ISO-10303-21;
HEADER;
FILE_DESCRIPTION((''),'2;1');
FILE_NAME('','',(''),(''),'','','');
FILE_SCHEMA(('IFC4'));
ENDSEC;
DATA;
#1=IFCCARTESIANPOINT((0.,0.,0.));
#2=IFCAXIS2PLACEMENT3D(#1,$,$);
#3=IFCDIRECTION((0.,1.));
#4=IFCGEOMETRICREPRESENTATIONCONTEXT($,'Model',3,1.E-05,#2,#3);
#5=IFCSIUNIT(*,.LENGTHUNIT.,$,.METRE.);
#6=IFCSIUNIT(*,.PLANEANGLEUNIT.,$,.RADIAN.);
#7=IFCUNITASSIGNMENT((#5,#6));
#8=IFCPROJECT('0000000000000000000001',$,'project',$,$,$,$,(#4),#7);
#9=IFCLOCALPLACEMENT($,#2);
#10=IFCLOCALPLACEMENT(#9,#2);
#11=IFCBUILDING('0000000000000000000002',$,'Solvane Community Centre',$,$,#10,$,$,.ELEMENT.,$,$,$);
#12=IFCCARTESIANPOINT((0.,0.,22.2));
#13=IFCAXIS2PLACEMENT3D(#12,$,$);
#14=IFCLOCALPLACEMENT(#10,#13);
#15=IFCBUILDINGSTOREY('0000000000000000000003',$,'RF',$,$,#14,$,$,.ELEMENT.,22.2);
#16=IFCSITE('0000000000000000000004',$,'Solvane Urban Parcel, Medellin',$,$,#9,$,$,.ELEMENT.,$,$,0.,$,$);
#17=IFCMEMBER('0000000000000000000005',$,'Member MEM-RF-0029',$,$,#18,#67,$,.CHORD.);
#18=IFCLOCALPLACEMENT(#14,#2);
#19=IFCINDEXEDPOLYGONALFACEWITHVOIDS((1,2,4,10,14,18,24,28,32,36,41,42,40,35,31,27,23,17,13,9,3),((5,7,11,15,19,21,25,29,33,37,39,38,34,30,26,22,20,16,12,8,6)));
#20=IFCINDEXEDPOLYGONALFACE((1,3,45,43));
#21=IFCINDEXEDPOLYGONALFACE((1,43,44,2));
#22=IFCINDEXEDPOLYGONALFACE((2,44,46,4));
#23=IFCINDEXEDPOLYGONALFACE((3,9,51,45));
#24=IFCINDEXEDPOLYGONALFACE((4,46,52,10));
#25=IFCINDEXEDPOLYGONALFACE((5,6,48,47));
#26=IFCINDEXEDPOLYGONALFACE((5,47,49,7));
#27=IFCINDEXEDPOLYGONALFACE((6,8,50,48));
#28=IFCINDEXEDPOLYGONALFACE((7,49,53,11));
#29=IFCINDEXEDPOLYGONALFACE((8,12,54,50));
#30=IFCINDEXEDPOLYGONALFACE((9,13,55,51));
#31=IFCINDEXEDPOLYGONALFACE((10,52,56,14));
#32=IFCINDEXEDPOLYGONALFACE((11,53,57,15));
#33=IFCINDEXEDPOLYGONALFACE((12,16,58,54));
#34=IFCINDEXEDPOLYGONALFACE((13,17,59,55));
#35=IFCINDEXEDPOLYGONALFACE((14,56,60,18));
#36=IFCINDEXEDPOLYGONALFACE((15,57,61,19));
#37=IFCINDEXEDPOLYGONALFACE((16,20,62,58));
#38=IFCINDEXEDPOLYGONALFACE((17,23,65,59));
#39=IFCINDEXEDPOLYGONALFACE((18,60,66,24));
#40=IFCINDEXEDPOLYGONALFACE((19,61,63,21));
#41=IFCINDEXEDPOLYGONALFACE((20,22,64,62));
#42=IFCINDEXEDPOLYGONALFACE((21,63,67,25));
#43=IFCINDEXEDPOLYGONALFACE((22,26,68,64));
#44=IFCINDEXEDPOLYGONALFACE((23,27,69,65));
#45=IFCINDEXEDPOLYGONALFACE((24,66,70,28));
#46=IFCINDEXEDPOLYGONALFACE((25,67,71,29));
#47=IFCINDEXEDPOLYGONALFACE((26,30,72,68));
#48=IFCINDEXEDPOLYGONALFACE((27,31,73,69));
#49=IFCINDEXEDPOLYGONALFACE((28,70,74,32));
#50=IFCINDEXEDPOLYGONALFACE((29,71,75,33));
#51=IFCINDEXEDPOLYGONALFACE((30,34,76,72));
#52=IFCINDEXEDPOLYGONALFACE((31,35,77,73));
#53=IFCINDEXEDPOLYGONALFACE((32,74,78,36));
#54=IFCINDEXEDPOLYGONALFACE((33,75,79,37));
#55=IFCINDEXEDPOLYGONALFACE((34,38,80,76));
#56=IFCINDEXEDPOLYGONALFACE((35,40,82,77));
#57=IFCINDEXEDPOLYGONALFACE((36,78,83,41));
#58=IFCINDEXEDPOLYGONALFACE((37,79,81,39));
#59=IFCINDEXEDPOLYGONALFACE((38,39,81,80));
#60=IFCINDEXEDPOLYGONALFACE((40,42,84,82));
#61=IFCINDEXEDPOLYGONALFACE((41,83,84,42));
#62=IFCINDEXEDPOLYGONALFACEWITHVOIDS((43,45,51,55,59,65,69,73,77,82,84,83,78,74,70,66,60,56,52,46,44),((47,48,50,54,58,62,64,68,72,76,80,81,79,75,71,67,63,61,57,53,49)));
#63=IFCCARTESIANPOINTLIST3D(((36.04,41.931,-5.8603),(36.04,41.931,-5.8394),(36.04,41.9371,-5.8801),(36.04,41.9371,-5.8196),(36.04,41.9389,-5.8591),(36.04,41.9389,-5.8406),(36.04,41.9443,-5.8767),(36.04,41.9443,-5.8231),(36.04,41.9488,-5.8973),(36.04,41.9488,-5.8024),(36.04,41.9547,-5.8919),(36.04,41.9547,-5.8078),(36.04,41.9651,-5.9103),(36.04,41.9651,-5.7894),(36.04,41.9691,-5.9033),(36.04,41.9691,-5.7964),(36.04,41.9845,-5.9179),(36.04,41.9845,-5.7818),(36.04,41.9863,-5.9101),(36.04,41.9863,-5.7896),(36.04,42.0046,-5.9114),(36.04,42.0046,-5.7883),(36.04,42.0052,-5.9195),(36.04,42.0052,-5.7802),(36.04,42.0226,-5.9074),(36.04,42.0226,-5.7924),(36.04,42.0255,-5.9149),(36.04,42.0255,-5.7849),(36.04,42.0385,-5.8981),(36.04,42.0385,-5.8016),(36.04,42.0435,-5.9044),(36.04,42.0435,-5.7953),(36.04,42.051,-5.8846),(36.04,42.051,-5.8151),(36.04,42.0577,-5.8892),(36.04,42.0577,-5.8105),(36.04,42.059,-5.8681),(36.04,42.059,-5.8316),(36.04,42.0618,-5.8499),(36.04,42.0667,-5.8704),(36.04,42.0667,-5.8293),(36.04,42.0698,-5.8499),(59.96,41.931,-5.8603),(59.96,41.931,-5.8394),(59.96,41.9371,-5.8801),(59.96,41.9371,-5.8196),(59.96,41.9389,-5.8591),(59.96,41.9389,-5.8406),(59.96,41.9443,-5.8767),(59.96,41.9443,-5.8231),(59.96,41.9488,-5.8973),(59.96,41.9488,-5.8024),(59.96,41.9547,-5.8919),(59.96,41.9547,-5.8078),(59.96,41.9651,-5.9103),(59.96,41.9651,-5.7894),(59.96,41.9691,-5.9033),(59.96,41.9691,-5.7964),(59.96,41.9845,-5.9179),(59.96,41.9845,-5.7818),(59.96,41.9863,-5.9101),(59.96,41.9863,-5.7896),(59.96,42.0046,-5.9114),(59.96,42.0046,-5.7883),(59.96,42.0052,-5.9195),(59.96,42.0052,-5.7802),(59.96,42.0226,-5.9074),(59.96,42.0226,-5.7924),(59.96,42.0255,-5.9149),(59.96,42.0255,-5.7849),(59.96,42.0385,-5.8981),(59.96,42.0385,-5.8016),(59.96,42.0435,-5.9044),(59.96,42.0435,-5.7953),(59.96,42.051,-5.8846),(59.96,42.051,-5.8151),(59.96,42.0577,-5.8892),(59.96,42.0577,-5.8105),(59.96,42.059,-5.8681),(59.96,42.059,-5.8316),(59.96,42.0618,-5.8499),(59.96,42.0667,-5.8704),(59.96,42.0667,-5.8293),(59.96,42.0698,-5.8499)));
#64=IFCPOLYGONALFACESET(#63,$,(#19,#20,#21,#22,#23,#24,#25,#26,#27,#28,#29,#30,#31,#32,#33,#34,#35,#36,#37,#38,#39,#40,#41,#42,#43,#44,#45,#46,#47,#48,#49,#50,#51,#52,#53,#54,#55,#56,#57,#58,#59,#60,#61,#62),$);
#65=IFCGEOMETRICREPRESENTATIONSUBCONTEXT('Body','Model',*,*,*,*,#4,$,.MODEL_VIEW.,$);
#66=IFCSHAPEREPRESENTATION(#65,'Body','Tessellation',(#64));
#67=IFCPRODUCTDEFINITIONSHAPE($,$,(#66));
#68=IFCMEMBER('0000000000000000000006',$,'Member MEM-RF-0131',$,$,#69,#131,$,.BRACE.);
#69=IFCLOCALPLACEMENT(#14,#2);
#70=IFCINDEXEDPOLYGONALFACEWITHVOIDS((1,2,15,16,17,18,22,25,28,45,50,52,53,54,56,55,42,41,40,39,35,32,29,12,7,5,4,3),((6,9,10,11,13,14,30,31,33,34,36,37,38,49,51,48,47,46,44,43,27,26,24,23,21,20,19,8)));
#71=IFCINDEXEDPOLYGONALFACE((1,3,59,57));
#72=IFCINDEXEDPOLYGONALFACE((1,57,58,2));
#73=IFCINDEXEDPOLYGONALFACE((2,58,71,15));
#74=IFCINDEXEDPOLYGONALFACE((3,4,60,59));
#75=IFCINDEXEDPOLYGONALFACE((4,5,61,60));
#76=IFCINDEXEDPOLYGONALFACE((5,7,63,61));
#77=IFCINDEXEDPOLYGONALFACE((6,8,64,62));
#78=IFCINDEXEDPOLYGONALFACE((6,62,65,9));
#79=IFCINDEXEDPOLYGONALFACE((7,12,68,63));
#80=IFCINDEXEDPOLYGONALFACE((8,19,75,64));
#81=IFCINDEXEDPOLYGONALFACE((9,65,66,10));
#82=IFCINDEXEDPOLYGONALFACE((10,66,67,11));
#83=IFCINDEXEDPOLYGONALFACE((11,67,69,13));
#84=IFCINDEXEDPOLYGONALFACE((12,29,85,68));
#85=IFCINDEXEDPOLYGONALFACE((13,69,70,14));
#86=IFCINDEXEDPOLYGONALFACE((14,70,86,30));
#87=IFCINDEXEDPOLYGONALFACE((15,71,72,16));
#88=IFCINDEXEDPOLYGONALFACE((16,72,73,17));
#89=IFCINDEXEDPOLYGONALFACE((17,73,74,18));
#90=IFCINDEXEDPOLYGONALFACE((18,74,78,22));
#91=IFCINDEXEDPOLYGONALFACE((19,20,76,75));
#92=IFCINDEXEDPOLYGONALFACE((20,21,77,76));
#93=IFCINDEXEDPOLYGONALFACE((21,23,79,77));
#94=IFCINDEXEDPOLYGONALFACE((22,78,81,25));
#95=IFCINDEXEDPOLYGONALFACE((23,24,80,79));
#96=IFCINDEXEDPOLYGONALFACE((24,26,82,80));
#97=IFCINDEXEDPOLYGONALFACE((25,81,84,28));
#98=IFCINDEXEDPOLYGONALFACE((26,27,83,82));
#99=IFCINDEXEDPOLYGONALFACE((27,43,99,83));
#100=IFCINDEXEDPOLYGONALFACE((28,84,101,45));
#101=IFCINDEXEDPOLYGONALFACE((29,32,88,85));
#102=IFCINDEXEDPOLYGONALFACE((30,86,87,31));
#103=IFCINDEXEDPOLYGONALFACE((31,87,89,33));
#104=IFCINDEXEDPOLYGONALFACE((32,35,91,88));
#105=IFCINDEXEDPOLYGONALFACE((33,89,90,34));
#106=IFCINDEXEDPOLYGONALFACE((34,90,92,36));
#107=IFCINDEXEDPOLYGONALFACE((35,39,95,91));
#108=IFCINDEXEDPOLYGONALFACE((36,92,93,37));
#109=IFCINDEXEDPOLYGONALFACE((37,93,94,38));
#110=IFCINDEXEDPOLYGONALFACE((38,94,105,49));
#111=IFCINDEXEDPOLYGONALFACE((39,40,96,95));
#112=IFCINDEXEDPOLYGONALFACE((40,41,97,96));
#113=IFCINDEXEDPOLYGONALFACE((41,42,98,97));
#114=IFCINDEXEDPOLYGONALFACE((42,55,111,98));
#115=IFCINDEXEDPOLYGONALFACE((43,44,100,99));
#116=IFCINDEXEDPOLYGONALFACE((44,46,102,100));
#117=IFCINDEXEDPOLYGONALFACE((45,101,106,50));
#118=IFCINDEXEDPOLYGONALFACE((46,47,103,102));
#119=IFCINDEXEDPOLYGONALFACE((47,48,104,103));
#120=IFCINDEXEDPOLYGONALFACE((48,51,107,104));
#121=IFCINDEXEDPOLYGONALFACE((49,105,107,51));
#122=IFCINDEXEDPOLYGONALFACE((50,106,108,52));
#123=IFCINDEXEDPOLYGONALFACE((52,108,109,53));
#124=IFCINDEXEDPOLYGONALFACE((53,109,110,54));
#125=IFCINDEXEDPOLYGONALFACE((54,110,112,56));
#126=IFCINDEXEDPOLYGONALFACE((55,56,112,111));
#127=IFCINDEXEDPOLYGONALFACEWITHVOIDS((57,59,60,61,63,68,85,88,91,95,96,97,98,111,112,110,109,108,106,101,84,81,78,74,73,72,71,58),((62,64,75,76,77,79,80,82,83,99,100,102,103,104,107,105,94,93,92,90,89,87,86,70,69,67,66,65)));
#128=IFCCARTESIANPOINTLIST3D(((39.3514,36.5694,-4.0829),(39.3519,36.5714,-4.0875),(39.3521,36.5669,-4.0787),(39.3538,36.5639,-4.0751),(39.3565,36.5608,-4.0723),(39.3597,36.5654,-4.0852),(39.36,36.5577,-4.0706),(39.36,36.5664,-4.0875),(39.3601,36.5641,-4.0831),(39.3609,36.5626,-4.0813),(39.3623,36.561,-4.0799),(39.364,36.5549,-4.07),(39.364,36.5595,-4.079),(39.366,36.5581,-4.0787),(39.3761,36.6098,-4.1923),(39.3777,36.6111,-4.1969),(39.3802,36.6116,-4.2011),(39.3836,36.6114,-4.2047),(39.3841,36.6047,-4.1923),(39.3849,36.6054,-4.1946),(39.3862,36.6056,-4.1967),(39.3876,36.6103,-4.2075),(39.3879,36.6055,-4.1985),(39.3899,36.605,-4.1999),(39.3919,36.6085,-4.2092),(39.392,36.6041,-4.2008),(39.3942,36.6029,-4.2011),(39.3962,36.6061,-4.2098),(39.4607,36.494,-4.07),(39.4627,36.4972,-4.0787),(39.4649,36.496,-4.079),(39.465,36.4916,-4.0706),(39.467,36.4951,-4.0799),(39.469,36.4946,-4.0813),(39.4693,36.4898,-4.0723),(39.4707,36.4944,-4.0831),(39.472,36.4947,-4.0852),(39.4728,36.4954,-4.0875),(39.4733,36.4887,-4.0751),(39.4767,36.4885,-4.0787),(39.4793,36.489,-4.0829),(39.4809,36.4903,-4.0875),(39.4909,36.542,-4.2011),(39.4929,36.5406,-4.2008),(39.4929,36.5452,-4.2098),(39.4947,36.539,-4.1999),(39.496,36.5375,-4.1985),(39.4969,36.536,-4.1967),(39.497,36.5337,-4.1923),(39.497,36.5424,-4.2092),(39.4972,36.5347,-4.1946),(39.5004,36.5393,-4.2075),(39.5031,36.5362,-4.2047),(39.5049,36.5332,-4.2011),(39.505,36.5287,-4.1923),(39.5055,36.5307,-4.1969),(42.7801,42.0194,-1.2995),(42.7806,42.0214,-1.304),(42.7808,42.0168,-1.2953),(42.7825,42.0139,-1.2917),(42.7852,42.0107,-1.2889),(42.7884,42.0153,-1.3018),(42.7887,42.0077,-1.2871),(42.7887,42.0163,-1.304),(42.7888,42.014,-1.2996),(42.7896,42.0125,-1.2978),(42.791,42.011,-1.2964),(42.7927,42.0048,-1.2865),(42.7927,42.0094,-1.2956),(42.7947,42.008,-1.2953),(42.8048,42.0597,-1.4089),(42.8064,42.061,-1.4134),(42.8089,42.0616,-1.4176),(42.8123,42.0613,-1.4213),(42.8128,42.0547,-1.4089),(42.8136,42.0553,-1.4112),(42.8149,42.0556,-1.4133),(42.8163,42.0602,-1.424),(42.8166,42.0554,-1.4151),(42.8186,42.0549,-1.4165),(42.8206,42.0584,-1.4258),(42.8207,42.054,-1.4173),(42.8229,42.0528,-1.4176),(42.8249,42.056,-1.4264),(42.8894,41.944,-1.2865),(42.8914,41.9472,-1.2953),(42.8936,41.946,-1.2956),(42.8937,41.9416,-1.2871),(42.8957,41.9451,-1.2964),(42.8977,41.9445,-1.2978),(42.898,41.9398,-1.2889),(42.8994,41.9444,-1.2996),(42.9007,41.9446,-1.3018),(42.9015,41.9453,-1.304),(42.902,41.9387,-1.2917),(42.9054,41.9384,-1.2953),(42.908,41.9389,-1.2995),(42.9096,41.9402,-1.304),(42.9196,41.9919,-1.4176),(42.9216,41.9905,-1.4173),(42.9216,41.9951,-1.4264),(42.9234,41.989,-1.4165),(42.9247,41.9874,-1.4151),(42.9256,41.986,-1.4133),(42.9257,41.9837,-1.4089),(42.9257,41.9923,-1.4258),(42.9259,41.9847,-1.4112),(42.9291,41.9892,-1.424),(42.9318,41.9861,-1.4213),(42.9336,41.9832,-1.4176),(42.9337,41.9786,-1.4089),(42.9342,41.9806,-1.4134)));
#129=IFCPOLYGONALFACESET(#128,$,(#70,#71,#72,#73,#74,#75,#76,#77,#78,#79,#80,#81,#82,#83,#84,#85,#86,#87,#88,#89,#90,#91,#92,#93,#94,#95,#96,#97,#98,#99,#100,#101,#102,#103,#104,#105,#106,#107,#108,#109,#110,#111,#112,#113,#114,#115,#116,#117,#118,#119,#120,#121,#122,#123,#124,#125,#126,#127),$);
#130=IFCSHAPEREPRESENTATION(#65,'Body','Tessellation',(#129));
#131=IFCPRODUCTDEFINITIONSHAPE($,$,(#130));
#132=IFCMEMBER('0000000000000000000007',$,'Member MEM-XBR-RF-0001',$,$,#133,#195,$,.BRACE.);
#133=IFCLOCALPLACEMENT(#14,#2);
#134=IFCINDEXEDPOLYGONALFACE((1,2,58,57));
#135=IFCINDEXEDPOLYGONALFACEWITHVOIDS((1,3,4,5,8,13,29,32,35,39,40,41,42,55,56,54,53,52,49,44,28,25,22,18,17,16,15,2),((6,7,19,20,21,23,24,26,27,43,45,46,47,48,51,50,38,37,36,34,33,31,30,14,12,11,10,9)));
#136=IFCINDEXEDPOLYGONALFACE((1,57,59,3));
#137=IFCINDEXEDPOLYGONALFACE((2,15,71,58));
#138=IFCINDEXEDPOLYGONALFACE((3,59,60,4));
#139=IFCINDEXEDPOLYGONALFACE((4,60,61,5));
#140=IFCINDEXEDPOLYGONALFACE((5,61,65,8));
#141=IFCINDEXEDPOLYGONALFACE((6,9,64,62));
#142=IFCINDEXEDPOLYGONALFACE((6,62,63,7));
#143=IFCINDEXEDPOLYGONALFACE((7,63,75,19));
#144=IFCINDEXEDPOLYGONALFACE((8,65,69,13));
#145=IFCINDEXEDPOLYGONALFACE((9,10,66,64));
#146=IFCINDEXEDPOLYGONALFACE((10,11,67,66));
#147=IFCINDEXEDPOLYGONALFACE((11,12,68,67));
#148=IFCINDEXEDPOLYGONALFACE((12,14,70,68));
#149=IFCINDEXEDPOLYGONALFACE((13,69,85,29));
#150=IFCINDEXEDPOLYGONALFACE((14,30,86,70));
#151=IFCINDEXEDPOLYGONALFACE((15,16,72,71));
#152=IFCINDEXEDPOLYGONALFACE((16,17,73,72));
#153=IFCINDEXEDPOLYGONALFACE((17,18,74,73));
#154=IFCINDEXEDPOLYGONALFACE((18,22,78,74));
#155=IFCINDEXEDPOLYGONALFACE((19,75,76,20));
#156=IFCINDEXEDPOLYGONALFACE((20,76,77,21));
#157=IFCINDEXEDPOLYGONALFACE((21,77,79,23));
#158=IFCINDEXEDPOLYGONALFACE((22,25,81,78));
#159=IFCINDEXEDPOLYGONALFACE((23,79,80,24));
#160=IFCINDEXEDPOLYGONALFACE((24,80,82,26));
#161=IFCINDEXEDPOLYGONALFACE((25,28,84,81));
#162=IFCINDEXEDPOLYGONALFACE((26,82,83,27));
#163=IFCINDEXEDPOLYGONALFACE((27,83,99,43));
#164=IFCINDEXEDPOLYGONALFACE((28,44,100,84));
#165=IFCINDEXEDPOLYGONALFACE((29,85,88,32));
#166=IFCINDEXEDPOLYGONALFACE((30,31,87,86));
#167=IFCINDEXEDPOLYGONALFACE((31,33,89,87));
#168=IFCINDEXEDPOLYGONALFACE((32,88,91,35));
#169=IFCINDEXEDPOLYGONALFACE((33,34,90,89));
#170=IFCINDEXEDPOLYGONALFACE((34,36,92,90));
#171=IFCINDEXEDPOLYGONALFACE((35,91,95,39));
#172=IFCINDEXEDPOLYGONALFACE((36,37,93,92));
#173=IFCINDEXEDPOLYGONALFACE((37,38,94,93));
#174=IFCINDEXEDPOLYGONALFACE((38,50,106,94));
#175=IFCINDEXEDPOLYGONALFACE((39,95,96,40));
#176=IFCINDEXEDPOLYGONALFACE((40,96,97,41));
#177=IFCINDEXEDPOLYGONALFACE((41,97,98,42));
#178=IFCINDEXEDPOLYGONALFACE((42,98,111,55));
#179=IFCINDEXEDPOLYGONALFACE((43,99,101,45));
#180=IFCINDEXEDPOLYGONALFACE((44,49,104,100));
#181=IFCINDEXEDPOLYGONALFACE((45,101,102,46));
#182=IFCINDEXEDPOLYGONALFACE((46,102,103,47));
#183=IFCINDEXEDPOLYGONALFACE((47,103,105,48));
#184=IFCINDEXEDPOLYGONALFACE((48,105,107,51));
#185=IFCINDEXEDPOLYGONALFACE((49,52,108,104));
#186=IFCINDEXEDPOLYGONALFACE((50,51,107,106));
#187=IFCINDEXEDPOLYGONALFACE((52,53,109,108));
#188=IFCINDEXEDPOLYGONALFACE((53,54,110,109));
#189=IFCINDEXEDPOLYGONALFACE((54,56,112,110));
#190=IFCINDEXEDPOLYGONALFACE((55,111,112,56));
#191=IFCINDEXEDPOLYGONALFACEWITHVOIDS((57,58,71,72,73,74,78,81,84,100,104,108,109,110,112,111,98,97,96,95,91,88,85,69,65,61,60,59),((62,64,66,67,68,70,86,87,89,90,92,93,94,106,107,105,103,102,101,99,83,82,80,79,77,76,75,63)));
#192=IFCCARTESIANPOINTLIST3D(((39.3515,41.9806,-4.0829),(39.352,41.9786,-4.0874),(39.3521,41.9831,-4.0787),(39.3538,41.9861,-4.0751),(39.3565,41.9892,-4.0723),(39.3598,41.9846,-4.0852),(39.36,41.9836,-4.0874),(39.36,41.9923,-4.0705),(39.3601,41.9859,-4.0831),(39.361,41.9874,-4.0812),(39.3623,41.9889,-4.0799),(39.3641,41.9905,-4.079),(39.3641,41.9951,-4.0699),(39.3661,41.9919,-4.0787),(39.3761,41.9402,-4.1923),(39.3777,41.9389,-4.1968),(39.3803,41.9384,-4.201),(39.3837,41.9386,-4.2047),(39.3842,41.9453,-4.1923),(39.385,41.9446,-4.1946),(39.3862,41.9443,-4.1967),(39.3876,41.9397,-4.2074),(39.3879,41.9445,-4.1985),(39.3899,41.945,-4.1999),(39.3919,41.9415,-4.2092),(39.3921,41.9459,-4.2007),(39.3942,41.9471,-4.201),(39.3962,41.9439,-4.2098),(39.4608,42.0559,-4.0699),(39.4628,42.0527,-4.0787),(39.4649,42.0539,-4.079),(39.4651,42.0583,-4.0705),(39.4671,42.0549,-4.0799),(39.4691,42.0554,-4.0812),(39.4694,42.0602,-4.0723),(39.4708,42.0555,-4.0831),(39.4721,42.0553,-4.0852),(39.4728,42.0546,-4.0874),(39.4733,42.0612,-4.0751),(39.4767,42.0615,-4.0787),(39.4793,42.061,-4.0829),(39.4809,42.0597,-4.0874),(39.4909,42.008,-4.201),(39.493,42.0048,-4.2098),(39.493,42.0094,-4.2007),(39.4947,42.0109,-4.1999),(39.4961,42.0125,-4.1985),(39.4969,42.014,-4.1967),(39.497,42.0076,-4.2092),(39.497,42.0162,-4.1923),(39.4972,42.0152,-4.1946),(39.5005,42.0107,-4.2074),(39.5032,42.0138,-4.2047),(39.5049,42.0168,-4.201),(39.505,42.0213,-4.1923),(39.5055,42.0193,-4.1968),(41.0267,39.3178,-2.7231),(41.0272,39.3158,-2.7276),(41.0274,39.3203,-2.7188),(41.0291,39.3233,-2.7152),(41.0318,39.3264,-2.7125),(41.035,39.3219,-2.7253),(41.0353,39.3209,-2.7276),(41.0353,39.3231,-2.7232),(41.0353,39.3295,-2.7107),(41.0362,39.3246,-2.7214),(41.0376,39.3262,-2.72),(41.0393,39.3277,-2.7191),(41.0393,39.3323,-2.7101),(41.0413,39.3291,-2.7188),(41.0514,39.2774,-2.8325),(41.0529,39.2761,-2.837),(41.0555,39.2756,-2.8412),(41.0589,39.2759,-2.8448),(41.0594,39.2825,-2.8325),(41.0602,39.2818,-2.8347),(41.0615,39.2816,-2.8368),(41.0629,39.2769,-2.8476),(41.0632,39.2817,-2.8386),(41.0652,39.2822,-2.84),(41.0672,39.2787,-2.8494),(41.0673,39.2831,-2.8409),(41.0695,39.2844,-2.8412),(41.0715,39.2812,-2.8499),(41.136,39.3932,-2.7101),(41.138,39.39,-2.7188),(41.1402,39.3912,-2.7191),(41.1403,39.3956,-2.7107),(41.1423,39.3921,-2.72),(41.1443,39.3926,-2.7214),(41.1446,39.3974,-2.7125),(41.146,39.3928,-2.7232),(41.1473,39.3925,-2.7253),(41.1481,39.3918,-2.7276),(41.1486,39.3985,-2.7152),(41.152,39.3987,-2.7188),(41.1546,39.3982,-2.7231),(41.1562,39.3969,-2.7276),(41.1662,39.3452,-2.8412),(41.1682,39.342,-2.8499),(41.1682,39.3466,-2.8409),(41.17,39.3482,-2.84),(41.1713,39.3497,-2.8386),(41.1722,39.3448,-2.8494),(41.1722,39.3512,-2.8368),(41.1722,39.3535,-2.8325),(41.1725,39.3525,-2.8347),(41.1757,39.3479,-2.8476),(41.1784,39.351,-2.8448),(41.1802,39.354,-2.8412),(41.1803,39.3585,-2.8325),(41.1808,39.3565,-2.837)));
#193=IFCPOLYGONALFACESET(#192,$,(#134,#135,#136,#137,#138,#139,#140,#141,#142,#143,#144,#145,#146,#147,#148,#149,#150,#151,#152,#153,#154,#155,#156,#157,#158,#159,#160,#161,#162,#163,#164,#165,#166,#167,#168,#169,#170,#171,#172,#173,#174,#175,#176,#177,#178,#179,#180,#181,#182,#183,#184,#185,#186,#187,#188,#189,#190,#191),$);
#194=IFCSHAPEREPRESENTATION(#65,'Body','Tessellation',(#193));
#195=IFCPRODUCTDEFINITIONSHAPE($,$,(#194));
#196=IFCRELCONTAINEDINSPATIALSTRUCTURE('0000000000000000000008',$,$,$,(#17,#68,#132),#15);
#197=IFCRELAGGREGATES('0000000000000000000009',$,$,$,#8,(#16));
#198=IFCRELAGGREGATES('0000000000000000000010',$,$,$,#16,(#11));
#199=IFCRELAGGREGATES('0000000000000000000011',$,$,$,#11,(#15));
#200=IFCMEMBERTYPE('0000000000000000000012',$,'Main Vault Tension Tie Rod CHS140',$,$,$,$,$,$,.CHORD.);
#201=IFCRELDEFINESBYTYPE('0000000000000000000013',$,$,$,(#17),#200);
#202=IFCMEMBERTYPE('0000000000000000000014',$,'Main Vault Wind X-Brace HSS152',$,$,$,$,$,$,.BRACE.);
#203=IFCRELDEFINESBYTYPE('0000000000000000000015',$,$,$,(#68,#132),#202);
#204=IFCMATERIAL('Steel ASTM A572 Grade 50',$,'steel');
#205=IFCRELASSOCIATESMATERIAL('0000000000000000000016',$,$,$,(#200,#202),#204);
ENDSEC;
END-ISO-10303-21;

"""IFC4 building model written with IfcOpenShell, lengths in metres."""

from ifc_helpers import new_model, si_unit, direction, frame, origin, origin_2d, place, context, subcontext, project, spatial, hollow_rectangle, hollow_circle, extrude, material, material_profile, profile_set, type_object, element, save


model = new_model("IFC4")

# Units and contexts
model_context = context("Model", 3, precision=1e-05, world=origin(), true_north=direction((0.0, 1.0)))
body_context = subcontext(model_context, "Body", "Model", "MODEL_VIEW")
ifc_project = project(units=[si_unit("LENGTHUNIT", "METRE"), si_unit("PLANEANGLEUNIT", "RADIAN")], contexts=[model_context])

# Site, building, storey
site_placement = place(None, origin())
site = spatial("IfcSite", under=ifc_project, at=site_placement, Name="Solvane Urban Parcel, Medellin", CompositionType="ELEMENT", RefElevation=0.0)
building_placement = place(site_placement, origin())
building = spatial("IfcBuilding", under=site, at=building_placement, Name="Solvane Community Centre", CompositionType="ELEMENT")
storey_placement = place(building_placement, frame((0.0, 0.0, 22.2)))
storey = spatial("IfcBuildingStorey", under=building, at=storey_placement, Name="RF", CompositionType="ELEMENT", Elevation=22.2)

# Members
ifc_material_1 = material(Name="Steel ASTM A572 Grade 50", Category="steel")
ifc_material_profile_1 = material_profile(ifc_material_1, hollow_circle(Radius=0.0698, WallThickness=0.0081, at=origin_2d()), Name="CHS 139.7x8.0")
ifc_profile_set_1 = profile_set([ifc_material_profile_1], Name="Steel ASTM A572 Grade 50")
member_type_1 = type_object("IfcMemberType", Name="Main Vault Tension Tie Rod CHS140", PredefinedType="CHORD", material=ifc_profile_set_1)
member_1_placement = place(storey_placement, frame((36.04, 42.0, -5.8499), z_axis=(1.0, 0.0, 0.0), x_axis=(0.0, 1.0, 0.0)))
element("IfcMember", 1, at=member_1_placement, inside=storey, type_object=member_type_1, Name="Member MEM-RF-0029", PredefinedType="CHORD", context=body_context, shape_type="SweptSolid", body=[
    extrude(hollow_circle(Radius=0.0698, WallThickness=0.0081, at=origin_2d()), origin(), (0.0, 0.0, 1.0), 23.9199),
])
ifc_material_profile_2 = material_profile(ifc_material_1, hollow_rectangle(XDim=0.1523, YDim=0.1523, WallThickness=0.0095, InnerFilletRadius=0.0095, OuterFilletRadius=0.019, at=origin_2d()), Name="HSS 152x152x9.5")
ifc_profile_set_2 = profile_set([ifc_material_profile_2], Name="Steel ASTM A572 Grade 50")
member_type_2 = type_object("IfcMemberType", Name="Main Vault Wind X-Brace HSS152", PredefinedType="BRACE", material=ifc_profile_set_2)
member_2_placement = place(storey_placement, frame((39.4285, 36.55, -4.1399), z_axis=(0.488791, 0.776936, 0.396804), x_axis=(-0.846425, 0.532509, 0.0)))
element("IfcMember", 2, at=member_2_placement, inside=storey, type_object=member_type_2, Name="Member MEM-RF-0131", PredefinedType="BRACE", context=body_context, shape_type="SweptSolid", body=[
    extrude(hollow_rectangle(XDim=0.1523, YDim=0.1523, WallThickness=0.0095, InnerFilletRadius=0.0095, OuterFilletRadius=0.019, at=origin_2d()), origin(), (0.0, 0.0, 1.0), 7.0146),
])
member_3_placement = place(storey_placement, frame((41.1038, 39.3372, -2.78), z_axis=(-0.488805, 0.776944, -0.396771), x_axis=(-0.846421, -0.532515, 0.0)))
element("IfcMember", 3, at=member_3_placement, inside=storey, type_object=member_type_2, Name="Member MEM-XBR-RF-0001", PredefinedType="BRACE", context=body_context, shape_type="SweptSolid", body=[
    extrude(hollow_rectangle(XDim=0.1523, YDim=0.1523, WallThickness=0.0095, InnerFilletRadius=0.0095, OuterFilletRadius=0.019, at=origin_2d()), origin(), (0.0, 0.0, 1.0), 3.4272),
])

save(model, "model.ifc")
